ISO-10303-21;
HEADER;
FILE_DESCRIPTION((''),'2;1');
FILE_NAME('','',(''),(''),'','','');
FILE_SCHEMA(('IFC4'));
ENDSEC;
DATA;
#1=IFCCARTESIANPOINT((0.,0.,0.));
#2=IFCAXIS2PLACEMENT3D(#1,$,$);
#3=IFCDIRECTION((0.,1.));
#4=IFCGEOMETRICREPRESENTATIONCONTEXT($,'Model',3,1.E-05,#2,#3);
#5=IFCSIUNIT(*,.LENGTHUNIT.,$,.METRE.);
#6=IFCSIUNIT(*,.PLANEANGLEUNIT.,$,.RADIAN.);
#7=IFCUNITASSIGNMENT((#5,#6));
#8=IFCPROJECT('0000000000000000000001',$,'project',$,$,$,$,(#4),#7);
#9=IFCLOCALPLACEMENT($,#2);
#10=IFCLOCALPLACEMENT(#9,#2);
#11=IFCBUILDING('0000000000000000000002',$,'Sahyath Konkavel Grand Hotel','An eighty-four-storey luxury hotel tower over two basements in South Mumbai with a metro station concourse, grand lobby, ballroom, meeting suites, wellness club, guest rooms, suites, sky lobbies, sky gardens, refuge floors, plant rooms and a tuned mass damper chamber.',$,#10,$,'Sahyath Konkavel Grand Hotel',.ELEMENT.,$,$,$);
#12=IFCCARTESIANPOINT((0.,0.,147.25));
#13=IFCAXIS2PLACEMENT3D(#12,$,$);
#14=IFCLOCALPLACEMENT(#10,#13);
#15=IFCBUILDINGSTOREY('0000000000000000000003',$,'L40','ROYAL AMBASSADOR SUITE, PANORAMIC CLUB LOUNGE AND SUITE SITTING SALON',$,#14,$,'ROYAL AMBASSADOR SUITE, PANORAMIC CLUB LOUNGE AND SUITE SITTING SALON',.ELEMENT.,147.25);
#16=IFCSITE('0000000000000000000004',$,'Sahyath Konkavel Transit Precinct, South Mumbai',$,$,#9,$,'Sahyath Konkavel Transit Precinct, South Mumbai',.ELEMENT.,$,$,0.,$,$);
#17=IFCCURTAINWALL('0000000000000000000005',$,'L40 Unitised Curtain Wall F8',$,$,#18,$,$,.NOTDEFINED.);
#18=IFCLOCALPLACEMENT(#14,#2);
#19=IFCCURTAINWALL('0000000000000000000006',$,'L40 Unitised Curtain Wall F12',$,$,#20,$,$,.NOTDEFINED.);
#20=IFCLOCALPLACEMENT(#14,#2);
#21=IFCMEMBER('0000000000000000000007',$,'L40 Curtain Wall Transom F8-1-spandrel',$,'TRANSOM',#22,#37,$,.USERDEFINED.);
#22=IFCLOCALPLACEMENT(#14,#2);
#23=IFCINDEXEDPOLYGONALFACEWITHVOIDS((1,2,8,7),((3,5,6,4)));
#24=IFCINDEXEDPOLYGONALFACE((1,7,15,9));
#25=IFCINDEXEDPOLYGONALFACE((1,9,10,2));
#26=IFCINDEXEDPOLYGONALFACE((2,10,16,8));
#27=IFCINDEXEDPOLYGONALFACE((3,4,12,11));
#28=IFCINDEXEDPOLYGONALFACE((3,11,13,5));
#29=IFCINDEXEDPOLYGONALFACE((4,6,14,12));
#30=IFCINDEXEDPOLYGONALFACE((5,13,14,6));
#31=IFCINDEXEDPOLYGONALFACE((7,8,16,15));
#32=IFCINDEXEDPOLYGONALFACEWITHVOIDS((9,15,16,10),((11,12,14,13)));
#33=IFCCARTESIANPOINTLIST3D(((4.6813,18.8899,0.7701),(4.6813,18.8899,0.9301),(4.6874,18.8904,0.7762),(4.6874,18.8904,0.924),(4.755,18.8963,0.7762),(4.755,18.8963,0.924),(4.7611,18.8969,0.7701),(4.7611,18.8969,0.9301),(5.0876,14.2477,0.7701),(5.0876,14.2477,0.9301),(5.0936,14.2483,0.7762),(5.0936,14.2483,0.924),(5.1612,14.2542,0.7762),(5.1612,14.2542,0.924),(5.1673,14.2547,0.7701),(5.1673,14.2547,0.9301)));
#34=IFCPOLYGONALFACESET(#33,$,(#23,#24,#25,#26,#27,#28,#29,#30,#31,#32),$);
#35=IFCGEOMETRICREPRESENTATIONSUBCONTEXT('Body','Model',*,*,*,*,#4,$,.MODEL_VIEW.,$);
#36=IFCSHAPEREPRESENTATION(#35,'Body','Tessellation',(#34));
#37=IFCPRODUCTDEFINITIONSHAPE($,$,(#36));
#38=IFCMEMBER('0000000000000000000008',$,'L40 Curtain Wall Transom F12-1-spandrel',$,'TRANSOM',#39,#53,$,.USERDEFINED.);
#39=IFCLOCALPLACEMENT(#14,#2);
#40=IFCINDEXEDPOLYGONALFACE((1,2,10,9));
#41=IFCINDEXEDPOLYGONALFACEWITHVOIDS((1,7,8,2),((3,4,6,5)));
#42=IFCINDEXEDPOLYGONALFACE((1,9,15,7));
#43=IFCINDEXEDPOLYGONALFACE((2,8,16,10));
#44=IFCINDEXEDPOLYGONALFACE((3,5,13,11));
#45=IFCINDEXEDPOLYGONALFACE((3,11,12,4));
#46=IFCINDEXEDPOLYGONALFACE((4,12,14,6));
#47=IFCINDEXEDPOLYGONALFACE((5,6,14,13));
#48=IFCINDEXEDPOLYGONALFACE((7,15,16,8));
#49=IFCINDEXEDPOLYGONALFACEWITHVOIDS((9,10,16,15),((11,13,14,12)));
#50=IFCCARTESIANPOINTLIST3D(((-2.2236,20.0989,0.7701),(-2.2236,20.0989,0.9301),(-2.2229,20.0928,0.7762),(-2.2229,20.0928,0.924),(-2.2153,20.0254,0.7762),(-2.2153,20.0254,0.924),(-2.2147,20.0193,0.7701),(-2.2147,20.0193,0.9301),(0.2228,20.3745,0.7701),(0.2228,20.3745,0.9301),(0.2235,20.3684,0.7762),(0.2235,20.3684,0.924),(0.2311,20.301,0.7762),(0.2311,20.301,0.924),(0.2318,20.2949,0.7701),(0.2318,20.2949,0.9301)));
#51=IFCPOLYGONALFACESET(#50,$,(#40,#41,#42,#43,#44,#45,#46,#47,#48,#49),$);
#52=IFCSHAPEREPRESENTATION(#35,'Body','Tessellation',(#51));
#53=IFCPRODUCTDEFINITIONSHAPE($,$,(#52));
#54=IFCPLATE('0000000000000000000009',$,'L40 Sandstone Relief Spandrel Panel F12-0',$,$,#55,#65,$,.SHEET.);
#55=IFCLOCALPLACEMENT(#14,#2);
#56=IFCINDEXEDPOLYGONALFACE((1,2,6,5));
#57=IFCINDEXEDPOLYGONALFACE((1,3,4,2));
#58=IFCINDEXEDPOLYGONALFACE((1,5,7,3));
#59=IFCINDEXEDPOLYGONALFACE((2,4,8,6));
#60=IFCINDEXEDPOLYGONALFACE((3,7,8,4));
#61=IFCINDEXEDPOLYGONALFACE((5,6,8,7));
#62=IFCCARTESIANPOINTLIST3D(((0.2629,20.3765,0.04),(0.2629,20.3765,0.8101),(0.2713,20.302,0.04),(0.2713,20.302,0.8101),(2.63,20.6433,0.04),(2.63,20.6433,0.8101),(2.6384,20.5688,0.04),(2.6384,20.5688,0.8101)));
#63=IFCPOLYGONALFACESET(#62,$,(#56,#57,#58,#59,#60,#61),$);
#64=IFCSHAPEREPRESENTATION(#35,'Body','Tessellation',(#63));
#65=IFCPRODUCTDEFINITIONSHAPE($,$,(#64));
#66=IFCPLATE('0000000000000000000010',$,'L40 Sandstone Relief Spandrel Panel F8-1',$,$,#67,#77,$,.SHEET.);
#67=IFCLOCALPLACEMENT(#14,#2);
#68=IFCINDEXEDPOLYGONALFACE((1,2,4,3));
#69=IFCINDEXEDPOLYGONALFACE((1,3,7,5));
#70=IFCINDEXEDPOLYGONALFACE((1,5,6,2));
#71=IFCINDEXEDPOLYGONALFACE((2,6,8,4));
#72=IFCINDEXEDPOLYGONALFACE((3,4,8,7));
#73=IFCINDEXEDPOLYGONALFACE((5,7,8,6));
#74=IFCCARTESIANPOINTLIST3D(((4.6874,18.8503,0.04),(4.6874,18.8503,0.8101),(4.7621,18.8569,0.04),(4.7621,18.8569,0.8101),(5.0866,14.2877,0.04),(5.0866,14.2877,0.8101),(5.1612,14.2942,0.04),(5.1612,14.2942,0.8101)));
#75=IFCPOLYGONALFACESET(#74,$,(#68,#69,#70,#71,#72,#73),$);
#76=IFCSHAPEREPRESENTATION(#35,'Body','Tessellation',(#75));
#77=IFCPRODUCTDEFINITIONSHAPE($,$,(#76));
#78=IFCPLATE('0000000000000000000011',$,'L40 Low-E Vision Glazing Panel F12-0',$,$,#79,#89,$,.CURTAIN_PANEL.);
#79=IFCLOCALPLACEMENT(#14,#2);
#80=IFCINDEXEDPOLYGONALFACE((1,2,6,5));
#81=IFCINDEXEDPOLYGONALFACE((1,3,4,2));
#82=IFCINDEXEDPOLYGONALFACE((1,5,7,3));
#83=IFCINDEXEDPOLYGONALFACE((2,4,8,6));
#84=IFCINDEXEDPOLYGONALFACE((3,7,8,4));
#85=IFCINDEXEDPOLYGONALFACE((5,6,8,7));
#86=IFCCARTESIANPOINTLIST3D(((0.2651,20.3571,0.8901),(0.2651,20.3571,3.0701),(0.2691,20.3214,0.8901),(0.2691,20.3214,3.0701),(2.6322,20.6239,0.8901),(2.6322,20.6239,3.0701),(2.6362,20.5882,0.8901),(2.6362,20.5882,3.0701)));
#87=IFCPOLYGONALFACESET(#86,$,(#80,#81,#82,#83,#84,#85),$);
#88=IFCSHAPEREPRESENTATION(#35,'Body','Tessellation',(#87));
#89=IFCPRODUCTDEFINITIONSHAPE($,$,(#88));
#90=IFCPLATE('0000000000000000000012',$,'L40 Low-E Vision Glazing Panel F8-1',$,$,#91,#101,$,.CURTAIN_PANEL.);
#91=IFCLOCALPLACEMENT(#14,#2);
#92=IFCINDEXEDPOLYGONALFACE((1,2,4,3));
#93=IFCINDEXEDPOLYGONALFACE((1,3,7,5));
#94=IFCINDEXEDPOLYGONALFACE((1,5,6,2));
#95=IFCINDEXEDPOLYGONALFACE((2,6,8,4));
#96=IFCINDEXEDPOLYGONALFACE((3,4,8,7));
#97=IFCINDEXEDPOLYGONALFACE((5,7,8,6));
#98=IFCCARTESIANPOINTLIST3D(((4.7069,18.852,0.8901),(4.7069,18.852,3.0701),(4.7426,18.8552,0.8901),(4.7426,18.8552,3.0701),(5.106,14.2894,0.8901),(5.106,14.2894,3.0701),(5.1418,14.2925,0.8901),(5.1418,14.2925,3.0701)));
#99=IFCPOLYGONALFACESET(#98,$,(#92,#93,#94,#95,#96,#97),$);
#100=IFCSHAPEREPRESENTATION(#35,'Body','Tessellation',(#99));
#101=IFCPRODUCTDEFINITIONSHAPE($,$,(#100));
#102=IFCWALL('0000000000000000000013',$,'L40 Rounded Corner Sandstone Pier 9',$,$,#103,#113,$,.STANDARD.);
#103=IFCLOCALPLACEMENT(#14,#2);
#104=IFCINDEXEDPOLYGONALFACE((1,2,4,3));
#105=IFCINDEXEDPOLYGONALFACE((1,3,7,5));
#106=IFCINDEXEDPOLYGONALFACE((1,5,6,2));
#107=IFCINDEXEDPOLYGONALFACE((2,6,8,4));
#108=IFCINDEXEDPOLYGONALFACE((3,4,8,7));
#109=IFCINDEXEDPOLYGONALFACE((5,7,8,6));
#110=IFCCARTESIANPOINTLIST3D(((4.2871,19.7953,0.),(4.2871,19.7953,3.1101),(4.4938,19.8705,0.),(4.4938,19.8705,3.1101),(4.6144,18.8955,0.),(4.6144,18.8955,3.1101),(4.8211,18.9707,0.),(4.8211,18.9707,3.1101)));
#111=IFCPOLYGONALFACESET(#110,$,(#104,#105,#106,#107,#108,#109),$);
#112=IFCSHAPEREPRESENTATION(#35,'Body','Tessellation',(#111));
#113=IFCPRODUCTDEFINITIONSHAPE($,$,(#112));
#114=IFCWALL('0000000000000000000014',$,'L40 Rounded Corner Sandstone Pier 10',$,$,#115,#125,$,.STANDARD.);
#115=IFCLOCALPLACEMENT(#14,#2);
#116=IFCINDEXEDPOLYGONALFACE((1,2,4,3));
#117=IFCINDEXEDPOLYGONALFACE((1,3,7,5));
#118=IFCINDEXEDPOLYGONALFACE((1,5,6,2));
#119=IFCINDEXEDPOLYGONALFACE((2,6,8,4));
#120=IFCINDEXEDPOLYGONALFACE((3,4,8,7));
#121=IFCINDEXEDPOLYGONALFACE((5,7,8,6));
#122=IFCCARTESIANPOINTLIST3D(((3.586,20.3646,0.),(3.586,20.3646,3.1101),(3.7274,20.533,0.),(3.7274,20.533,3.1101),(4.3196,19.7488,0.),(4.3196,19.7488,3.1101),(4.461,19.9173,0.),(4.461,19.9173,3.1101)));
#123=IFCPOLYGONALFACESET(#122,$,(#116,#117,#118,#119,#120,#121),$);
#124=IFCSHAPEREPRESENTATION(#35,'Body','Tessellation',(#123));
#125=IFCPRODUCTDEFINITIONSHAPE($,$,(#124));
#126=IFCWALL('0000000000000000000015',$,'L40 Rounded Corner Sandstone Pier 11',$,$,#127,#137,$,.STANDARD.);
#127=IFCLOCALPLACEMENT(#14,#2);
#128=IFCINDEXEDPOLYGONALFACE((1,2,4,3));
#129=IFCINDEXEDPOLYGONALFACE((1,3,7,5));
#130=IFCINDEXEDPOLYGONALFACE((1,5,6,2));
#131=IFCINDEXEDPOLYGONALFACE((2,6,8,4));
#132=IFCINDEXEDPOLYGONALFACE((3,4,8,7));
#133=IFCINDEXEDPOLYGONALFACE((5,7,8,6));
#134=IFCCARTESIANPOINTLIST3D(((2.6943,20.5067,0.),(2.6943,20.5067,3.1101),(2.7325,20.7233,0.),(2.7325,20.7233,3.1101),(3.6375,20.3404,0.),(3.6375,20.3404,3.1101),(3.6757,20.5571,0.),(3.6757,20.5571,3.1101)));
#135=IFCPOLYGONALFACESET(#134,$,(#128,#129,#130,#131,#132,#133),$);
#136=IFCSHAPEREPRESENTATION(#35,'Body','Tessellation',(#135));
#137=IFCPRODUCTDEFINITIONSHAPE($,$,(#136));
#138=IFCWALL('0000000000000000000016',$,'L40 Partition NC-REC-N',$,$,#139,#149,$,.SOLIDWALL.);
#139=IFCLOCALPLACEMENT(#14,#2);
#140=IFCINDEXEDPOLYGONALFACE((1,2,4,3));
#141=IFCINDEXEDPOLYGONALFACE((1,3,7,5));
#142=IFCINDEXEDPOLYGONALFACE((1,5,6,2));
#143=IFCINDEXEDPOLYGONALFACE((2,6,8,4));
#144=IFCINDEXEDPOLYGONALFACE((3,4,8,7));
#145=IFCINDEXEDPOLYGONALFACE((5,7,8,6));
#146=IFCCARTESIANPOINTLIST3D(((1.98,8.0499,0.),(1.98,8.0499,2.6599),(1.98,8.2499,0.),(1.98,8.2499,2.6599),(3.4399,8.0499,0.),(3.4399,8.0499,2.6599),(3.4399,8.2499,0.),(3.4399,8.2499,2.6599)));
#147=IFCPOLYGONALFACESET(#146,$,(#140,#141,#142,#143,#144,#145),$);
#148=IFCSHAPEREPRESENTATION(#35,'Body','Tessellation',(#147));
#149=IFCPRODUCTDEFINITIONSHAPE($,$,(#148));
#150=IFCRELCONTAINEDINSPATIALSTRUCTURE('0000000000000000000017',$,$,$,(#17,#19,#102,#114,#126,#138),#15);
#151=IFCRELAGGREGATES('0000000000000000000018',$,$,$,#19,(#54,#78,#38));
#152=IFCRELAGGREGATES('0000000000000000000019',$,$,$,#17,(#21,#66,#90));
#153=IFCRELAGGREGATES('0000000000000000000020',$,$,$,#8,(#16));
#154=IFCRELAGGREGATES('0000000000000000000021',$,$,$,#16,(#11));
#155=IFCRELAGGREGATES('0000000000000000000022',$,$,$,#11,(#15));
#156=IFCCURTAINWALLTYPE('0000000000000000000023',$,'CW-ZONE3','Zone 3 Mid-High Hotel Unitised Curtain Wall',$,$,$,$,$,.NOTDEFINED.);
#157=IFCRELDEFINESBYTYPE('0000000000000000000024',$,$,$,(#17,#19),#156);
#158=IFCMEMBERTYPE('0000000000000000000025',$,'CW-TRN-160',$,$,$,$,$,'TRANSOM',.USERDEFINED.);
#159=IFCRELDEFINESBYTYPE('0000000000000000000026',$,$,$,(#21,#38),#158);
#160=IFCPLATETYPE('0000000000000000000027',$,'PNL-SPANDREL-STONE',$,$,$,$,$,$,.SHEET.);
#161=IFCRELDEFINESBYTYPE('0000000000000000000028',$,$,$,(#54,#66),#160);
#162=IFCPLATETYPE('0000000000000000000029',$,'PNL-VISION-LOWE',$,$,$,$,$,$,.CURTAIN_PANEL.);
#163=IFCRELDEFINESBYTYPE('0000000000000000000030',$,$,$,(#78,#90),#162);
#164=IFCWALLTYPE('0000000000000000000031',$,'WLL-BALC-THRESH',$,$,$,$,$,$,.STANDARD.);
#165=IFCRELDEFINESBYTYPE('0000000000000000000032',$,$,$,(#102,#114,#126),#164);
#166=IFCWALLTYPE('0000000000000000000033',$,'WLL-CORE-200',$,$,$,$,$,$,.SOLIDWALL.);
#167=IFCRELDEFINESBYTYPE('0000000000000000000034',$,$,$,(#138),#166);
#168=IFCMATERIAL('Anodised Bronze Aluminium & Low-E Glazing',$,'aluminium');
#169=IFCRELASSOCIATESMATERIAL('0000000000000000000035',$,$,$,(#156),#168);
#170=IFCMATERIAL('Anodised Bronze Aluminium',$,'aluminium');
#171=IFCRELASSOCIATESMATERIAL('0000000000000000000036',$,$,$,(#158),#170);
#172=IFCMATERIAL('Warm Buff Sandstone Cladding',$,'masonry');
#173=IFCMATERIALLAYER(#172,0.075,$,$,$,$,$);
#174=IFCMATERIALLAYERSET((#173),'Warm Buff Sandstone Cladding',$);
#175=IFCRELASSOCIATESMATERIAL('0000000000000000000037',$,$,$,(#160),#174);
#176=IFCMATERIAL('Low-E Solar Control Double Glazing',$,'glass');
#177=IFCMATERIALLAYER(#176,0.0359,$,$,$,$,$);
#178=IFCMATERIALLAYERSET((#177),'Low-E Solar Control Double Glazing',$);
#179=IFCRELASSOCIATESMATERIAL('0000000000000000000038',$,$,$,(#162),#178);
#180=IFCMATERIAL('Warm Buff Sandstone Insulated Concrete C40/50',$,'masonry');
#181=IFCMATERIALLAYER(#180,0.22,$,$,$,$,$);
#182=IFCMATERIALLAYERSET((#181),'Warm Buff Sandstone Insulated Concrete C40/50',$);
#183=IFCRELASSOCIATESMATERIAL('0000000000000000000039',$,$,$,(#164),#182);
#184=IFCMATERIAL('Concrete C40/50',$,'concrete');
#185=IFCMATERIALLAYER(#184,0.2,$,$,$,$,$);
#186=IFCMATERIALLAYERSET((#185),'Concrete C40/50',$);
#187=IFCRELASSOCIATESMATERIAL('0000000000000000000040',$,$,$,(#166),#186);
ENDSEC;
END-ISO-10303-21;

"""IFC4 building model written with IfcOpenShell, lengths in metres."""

from ifc_helpers import new_model, si_unit, direction, frame, frame_2d, origin, origin_2d, place, context, subcontext, project, spatial, rectangle, hollow_rectangle, extrude, source, transform, mapped, material, layer, layer_set, material_profile, profile_set, type_object, element, aggregate, save


model = new_model("IFC4")

# Units and contexts
model_context = context("Model", 3, precision=1e-05, world=origin(), true_north=direction((0.0, 1.0)))
body_context = subcontext(model_context, "Body", "Model", "MODEL_VIEW")
ifc_project = project(units=[si_unit("LENGTHUNIT", "METRE"), si_unit("PLANEANGLEUNIT", "RADIAN")], contexts=[model_context])

# Site, building, storey
site_placement = place(None, origin())
site = spatial("IfcSite", under=ifc_project, at=site_placement, Name="Sahyath Konkavel Transit Precinct, South Mumbai", LongName="Sahyath Konkavel Transit Precinct, South Mumbai", CompositionType="ELEMENT", RefElevation=0.0)
building_placement = place(site_placement, origin())
building = spatial("IfcBuilding", under=site, at=building_placement, Name="Sahyath Konkavel Grand Hotel", Description="An eighty-four-storey luxury hotel tower over two basements in South Mumbai with a metro station concourse, grand lobby, ballroom, meeting suites, wellness club, guest rooms, suites, sky lobbies, sky gardens, refuge floors, plant rooms and a tuned mass damper chamber.", LongName="Sahyath Konkavel Grand Hotel", CompositionType="ELEMENT")
storey_placement = place(building_placement, frame((0.0, 0.0, 147.25)))
storey = spatial("IfcBuildingStorey", under=building, at=storey_placement, Name="L40", Description="ROYAL AMBASSADOR SUITE, PANORAMIC CLUB LOUNGE AND SUITE SITTING SALON", LongName="ROYAL AMBASSADOR SUITE, PANORAMIC CLUB LOUNGE AND SUITE SITTING SALON", CompositionType="ELEMENT", Elevation=147.25)

# Shared definitions
ifc_material_1 = material(Name="Concrete C40/50", Category="concrete")

# Curtain walls
ifc_material_2 = material(Name="Anodised Bronze Aluminium & Low-E Glazing", Category="aluminium")
curtain_wall_type = type_object("IfcCurtainWallType", Name="CW-ZONE3", Description="Zone 3 Mid-High Hotel Unitised Curtain Wall", PredefinedType="NOTDEFINED", material=ifc_material_2)
curtain_wall_1_placement = place(storey_placement, origin())
curtain_wall_1 = element("IfcCurtainWall", 1, at=curtain_wall_1_placement, inside=storey, type_object=curtain_wall_type, Name="L40 Unitised Curtain Wall F8", PredefinedType="NOTDEFINED")
ifc_material_3 = material(Name="Anodised Bronze Aluminium", Category="aluminium")
curtain_wall_2_placement = place(storey_placement, origin())
curtain_wall_2 = element("IfcCurtainWall", 2, at=curtain_wall_2_placement, inside=storey, type_object=curtain_wall_type, Name="L40 Unitised Curtain Wall F12", PredefinedType="NOTDEFINED")
ifc_material_profile_1 = material_profile(ifc_material_3, hollow_rectangle(XDim=0.0801, YDim=0.1599, WallThickness=0.0061, at=origin_2d()), Name="RHS 160x80x6")
ifc_profile_set_1 = profile_set([ifc_material_profile_1], Name="Anodised Bronze Aluminium")
member_type_1 = type_object("IfcMemberType", Name="CW-TRN-160", ElementType="TRANSOM", PredefinedType="USERDEFINED", material=ifc_profile_set_1)

# Members
shared_shape_1 = source(origin(), body_context, "Body", "SweptSolid", [
    extrude(hollow_rectangle(XDim=0.0801, YDim=0.1599, WallThickness=0.0061, at=origin_2d()), origin(), (0.0, 0.0, 1.0), 4.6599),
])
member_1_placement = place(storey_placement, frame((5.1274, 14.2512, 0.8501), z_axis=(-0.087181, 0.996192, 0.0), x_axis=(-0.996192, -0.087181, 0.0)))
member_1 = element("IfcMember", 3, at=member_1_placement, type_object=member_type_1, Name="L40 Curtain Wall Transom F8-1-spandrel", ObjectType="TRANSOM", PredefinedType="USERDEFINED", context=body_context, shape_type="MappedRepresentation", body=[
    mapped(shared_shape_1, transform((0.0, 0.0, 0.0), scale=1.0)),
])
shared_shape_2 = source(origin(), body_context, "Body", "SweptSolid", [
    extrude(hollow_rectangle(XDim=0.0801, YDim=0.1599, WallThickness=0.0061, at=origin_2d()), origin(), (0.0, 0.0, 1.0), 2.4619),
])
member_2_placement = place(storey_placement, frame((0.2273, 20.3347, 0.8501), z_axis=(-0.993713, -0.111955, 0.0), x_axis=(0.111955, -0.993713, 0.0)))
member_2 = element("IfcMember", 4, at=member_2_placement, type_object=member_type_1, Name="L40 Curtain Wall Transom F12-1-spandrel", ObjectType="TRANSOM", PredefinedType="USERDEFINED", context=body_context, shape_type="MappedRepresentation", body=[
    mapped(shared_shape_2, transform((0.0, 0.0, 0.0), scale=1.0)),
])

# Plates
ifc_material_4 = material(Name="Warm Buff Sandstone Cladding", Category="masonry")
ifc_layer_1 = layer(ifc_material_4, 0.075)
ifc_layer_set_1 = layer_set([ifc_layer_1], Name="Warm Buff Sandstone Cladding")
plate_type_1 = type_object("IfcPlateType", Name="PNL-SPANDREL-STONE", PredefinedType="SHEET", material=ifc_layer_set_1)
shared_shape_3 = source(origin(), body_context, "Body", "SweptSolid", [
    extrude(rectangle(XDim=2.3821, YDim=0.075, at=origin_2d()), origin(), (0.0, 0.0, 1.0), 0.77),
])
plate_1_placement = place(storey_placement, frame((1.4507, 20.4727, 0.04), z_axis=(0.0, 0.0, 1.0), x_axis=(-0.993707, -0.112007, 0.0)))
plate_1 = element("IfcPlate", 5, at=plate_1_placement, type_object=plate_type_1, Name="L40 Sandstone Relief Spandrel Panel F12-0", PredefinedType="SHEET", context=body_context, shape_type="MappedRepresentation", body=[
    mapped(shared_shape_3, transform((0.0, 0.0, 0.0), scale=1.0)),
])
shared_shape_4 = source(origin(), body_context, "Body", "SweptSolid", [
    extrude(rectangle(XDim=4.5801, YDim=0.075, at=origin_2d()), origin(), (0.0, 0.0, 1.0), 0.77),
])
plate_2_placement = place(storey_placement, frame((4.9243, 16.5723, 0.04), z_axis=(0.0, 0.0, 1.0), x_axis=(-0.087156, 0.996195, 0.0)))
plate_2 = element("IfcPlate", 6, at=plate_2_placement, type_object=plate_type_1, Name="L40 Sandstone Relief Spandrel Panel F8-1", PredefinedType="SHEET", context=body_context, shape_type="MappedRepresentation", body=[
    mapped(shared_shape_4, transform((0.0, 0.0, 0.0), scale=1.0)),
])
ifc_material_5 = material(Name="Low-E Solar Control Double Glazing", Category="glass")
ifc_layer_2 = layer(ifc_material_5, 0.0359)
ifc_layer_set_2 = layer_set([ifc_layer_2], Name="Low-E Solar Control Double Glazing")
plate_type_2 = type_object("IfcPlateType", Name="PNL-VISION-LOWE", PredefinedType="CURTAIN_PANEL", material=ifc_layer_set_2)
shared_shape_5 = source(origin(), body_context, "Body", "SweptSolid", [
    extrude(rectangle(XDim=2.3821, YDim=0.0359, at=origin_2d()), origin(), (0.0, 0.0, 1.0), 2.1799),
])
plate_3_placement = place(storey_placement, frame((1.4507, 20.4727, 0.8901), z_axis=(0.0, 0.0, 1.0), x_axis=(-0.993707, -0.112007, 0.0)))
plate_3 = element("IfcPlate", 7, at=plate_3_placement, type_object=plate_type_2, Name="L40 Low-E Vision Glazing Panel F12-0", PredefinedType="CURTAIN_PANEL", context=body_context, shape_type="MappedRepresentation", body=[
    mapped(shared_shape_5, transform((0.0, 0.0, 0.0), scale=1.0)),
])
aggregate(curtain_wall_2, [plate_1, plate_3, member_2])
shared_shape_6 = source(origin(), body_context, "Body", "SweptSolid", [
    extrude(rectangle(XDim=4.5801, YDim=0.0359, at=origin_2d()), origin(), (0.0, 0.0, 1.0), 2.1799),
])
plate_4_placement = place(storey_placement, frame((4.9243, 16.5723, 0.8901), z_axis=(0.0, 0.0, 1.0), x_axis=(-0.087156, 0.996195, 0.0)))
plate_4 = element("IfcPlate", 8, at=plate_4_placement, type_object=plate_type_2, Name="L40 Low-E Vision Glazing Panel F8-1", PredefinedType="CURTAIN_PANEL", context=body_context, shape_type="MappedRepresentation", body=[
    mapped(shared_shape_6, transform((0.0, 0.0, 0.0), scale=1.0)),
])
aggregate(curtain_wall_1, [member_1, plate_2, plate_4])

# Walls
ifc_material_6 = material(Name="Warm Buff Sandstone Insulated Concrete C40/50", Category="masonry")
ifc_layer_3 = layer(ifc_material_6, 0.22)
ifc_layer_set_3 = layer_set([ifc_layer_3], Name="Warm Buff Sandstone Insulated Concrete C40/50")
wall_type_1 = type_object("IfcWallType", Name="WLL-BALC-THRESH", PredefinedType="STANDARD", material=ifc_layer_set_3)
wall_1_placement = place(storey_placement, frame((4.7178, 18.9331, 0.0), z_axis=(0.0, 0.0, 1.0), x_axis=(-0.341886, 0.939741, 0.0)))
element("IfcWall", 9, at=wall_1_placement, inside=storey, type_object=wall_type_1, Name="L40 Rounded Corner Sandstone Pier 9", PredefinedType="STANDARD", context=body_context, shape_type="SweptSolid", body=[
    extrude(rectangle(XDim=0.9575, YDim=0.22, at=frame_2d((0.4788, 0.0))), origin(), (0.0, 0.0, 1.0), 3.1101),
])
for number, where, z_axis, x_axis, name in (
    (10, (4.3904, 19.833, 0.0), (0.0, 0.0, 1.0), (-0.765981, 0.642863, 0.0), "L40 Rounded Corner Sandstone Pier 10"),
    (11, (3.6567, 20.4487, 0.0), (0.0, 0.0, 1.0), (-0.984814, 0.173611, 0.0), "L40 Rounded Corner Sandstone Pier 11"),
):
    element("IfcWall", number, at=place(storey_placement, frame(where, z_axis=z_axis, x_axis=x_axis)), inside=storey, type_object=wall_type_1, Name=name, PredefinedType="STANDARD", context=body_context, shape_type="SweptSolid", body=[
        extrude(rectangle(XDim=0.9578, YDim=0.22, at=frame_2d((0.479, 0.0))), origin(), (0.0, 0.0, 1.0), 3.1101),
    ])
ifc_layer_4 = layer(ifc_material_1, 0.2)
ifc_layer_set_4 = layer_set([ifc_layer_4], Name="Concrete C40/50")
wall_type_2 = type_object("IfcWallType", Name="WLL-CORE-200", PredefinedType="SOLIDWALL", material=ifc_layer_set_4)
wall_2_placement = place(storey_placement, frame((1.98, 8.1499, 0.0), z_axis=(0.0, 0.0, 1.0), x_axis=(1.0, 0.0, 0.0)))
element("IfcWall", 12, at=wall_2_placement, inside=storey, type_object=wall_type_2, Name="L40 Partition NC-REC-N", PredefinedType="SOLIDWALL", context=body_context, shape_type="SweptSolid", body=[
    extrude(rectangle(XDim=1.46, YDim=0.2, at=frame_2d((0.73, 0.0))), origin(), (0.0, 0.0, 1.0), 2.6599),
])

save(model, "model.ifc")
